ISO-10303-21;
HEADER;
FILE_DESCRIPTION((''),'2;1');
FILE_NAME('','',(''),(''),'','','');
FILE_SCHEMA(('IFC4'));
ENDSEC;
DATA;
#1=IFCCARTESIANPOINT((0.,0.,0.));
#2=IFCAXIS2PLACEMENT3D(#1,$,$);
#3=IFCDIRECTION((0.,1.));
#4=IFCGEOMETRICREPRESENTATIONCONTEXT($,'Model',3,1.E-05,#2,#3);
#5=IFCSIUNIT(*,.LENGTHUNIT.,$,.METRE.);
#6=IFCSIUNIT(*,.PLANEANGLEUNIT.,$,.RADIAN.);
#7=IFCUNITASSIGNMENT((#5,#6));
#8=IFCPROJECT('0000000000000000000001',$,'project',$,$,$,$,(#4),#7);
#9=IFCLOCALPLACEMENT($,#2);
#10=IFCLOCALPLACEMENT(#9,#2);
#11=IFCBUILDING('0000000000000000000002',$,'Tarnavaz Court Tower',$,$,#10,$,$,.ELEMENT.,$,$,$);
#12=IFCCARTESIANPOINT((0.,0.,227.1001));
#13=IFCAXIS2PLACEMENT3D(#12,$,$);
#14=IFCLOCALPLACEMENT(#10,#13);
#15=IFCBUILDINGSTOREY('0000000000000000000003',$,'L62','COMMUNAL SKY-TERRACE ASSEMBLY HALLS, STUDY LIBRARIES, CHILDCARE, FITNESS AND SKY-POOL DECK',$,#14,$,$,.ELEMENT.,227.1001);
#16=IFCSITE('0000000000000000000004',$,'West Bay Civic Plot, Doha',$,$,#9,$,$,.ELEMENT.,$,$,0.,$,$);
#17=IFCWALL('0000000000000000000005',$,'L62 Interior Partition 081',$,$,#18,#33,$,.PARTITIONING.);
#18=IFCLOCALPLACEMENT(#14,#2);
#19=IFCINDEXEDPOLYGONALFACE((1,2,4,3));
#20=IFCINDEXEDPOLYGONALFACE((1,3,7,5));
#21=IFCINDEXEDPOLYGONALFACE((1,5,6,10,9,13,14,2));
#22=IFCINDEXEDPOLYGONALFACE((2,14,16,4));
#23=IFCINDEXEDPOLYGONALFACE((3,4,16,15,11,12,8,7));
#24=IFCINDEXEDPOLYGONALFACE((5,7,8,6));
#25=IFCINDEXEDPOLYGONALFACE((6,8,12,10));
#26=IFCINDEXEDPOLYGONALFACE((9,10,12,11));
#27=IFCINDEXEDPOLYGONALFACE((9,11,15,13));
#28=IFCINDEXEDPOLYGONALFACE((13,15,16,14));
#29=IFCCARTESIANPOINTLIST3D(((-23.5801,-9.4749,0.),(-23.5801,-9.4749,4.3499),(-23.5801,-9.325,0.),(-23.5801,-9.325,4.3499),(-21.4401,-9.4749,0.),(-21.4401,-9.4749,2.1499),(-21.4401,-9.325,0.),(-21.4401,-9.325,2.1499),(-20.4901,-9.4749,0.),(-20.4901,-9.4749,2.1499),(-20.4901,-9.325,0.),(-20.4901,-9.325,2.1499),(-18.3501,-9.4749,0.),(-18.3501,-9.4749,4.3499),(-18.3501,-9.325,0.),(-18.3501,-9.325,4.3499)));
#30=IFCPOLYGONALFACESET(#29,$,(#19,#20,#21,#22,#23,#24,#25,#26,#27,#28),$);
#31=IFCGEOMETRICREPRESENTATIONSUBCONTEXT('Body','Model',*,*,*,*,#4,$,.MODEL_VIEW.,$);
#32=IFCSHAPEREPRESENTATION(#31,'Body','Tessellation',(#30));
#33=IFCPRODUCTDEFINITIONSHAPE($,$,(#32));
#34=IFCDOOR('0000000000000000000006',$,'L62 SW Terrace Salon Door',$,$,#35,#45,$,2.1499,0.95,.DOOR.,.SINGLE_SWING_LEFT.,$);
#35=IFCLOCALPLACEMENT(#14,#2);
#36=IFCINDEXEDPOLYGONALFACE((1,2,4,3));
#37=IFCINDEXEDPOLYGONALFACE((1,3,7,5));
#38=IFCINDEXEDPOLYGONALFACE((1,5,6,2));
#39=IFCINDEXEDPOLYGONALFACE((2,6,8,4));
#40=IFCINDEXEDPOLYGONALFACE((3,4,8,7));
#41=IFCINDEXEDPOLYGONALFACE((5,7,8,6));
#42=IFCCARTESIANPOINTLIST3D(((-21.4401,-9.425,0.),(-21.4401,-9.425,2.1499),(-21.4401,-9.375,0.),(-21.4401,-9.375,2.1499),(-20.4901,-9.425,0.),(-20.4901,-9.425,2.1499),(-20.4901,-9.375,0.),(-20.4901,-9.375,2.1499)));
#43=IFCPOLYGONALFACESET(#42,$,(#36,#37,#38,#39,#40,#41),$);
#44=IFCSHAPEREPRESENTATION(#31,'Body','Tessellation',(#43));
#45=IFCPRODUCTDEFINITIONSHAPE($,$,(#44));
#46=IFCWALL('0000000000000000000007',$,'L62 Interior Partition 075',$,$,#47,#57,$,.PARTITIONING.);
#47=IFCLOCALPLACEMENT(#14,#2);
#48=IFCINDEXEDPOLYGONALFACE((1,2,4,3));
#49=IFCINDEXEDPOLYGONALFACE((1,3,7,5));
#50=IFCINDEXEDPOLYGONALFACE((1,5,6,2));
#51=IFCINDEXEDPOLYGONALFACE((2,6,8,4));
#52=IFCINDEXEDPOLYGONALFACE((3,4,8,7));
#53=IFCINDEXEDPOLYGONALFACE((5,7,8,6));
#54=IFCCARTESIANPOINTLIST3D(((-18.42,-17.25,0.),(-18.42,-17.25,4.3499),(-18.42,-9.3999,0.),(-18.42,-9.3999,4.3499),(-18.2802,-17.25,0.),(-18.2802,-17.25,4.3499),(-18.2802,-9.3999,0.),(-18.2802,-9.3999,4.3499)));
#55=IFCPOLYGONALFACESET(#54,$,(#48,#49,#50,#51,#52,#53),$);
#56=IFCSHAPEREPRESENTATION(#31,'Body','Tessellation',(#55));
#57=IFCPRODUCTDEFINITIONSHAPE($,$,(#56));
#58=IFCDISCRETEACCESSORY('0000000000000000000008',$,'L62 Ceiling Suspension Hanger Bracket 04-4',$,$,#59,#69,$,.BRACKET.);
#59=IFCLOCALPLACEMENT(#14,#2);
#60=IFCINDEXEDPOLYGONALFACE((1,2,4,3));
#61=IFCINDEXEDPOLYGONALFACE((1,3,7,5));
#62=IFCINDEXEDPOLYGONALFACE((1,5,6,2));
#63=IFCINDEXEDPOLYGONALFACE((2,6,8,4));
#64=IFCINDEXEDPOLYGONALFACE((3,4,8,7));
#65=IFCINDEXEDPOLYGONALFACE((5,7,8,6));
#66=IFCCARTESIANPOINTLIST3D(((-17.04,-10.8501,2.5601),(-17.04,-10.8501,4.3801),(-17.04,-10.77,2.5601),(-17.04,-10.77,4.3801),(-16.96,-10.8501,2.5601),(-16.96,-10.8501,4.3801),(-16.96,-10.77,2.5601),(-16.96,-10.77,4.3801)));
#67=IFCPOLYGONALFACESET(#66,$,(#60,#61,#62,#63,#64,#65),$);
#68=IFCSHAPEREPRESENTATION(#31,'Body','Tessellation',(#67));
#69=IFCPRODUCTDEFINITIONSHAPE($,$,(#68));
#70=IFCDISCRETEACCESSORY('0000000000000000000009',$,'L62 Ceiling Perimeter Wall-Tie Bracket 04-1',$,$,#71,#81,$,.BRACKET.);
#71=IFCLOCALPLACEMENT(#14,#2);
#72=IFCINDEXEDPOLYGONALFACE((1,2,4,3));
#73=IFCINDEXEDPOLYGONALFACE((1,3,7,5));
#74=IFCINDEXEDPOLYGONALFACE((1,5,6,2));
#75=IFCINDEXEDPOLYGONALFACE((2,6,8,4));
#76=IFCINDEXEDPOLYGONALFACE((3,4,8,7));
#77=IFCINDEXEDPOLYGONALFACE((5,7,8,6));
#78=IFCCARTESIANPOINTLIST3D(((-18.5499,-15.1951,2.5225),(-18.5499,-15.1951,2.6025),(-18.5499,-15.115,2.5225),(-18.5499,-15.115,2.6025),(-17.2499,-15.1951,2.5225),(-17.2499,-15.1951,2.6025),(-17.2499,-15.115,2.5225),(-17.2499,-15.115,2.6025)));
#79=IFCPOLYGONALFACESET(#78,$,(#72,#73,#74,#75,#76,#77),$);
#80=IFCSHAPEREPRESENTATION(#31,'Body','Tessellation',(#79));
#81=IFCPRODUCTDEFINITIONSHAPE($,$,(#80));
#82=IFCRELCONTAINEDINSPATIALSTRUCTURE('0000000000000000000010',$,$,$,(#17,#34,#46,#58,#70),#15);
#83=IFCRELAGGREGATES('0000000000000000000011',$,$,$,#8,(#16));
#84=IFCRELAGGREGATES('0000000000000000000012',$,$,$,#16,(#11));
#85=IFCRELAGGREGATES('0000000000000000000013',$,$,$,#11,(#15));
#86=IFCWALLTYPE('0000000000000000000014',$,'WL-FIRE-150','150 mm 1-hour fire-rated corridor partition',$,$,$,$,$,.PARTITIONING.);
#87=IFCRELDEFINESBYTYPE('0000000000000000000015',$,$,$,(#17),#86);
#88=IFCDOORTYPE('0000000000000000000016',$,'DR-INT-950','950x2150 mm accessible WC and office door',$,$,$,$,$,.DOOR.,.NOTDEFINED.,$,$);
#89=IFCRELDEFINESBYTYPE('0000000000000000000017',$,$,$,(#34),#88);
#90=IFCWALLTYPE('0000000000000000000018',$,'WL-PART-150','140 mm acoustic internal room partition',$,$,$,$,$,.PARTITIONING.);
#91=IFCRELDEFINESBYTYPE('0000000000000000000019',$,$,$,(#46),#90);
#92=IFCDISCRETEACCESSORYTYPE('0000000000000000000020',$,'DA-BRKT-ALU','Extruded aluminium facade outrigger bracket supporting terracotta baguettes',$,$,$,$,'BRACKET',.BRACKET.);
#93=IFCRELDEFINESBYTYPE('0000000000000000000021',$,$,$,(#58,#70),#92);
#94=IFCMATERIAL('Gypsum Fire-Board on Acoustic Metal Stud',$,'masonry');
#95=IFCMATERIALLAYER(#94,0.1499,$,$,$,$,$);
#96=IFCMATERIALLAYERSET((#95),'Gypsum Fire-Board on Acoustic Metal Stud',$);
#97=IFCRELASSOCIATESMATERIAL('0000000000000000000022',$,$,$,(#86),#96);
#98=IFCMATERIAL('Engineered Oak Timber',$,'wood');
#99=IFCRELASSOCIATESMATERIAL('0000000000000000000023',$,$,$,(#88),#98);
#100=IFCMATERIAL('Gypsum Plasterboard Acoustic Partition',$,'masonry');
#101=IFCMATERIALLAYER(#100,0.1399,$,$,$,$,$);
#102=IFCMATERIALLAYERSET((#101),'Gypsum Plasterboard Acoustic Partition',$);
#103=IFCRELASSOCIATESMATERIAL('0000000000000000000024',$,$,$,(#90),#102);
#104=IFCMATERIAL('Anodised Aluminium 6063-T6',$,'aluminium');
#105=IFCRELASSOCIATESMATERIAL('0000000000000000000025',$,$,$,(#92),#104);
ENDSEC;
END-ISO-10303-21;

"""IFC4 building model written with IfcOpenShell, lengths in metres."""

from ifc_helpers import new_model, si_unit, direction, frame, frame_2d, origin, origin_2d, place, context, subcontext, project, spatial, rectangle, extrude, material, layer, layer_set, type_object, element, fill, save


model = new_model("IFC4")

# Units and contexts
model_context = context("Model", 3, precision=1e-05, world=origin(), true_north=direction((0.0, 1.0)))
body_context = subcontext(model_context, "Body", "Model", "MODEL_VIEW")
ifc_project = project(units=[si_unit("LENGTHUNIT", "METRE"), si_unit("PLANEANGLEUNIT", "RADIAN")], contexts=[model_context])

# Site, building, storey
site_placement = place(None, origin())
site = spatial("IfcSite", under=ifc_project, at=site_placement, Name="West Bay Civic Plot, Doha", CompositionType="ELEMENT", RefElevation=0.0)
building_placement = place(site_placement, origin())
building = spatial("IfcBuilding", under=site, at=building_placement, Name="Tarnavaz Court Tower", CompositionType="ELEMENT")
storey_placement = place(building_placement, frame((0.0, 0.0, 227.1001)))
storey = spatial("IfcBuildingStorey", under=building, at=storey_placement, Name="L62", Description="COMMUNAL SKY-TERRACE ASSEMBLY HALLS, STUDY LIBRARIES, CHILDCARE, FITNESS AND SKY-POOL DECK", CompositionType="ELEMENT", Elevation=227.1001)

# Shared definitions
ifc_material_1 = material(Name="Gypsum Fire-Board on Acoustic Metal Stud", Category="masonry")
ifc_layer_1 = layer(ifc_material_1, 0.1499)
ifc_layer_set_1 = layer_set([ifc_layer_1], Name="Gypsum Fire-Board on Acoustic Metal Stud")
wall_type_1 = type_object("IfcWallType", Name="WL-FIRE-150", Description="150 mm 1-hour fire-rated corridor partition", PredefinedType="PARTITIONING", material=ifc_layer_set_1)
ifc_material_2 = material(Name="Engineered Oak Timber", Category="wood")

# Wall, opening, door
wall_1_placement = place(storey_placement, frame((-23.5801, -9.3999, 0.0), z_axis=(0.0, 0.0, 1.0), x_axis=(1.0, 0.0, 0.0)))
wall_1 = element("IfcWall", 1, at=wall_1_placement, inside=storey, type_object=wall_type_1, Name="L62 Interior Partition 081", PredefinedType="PARTITIONING", context=body_context, shape_type="SweptSolid", body=[
    extrude(rectangle(XDim=5.23, YDim=0.1499, at=frame_2d((2.615, 0.0))), origin(), (0.0, 0.0, 1.0), 4.3499),
])
opening_1_placement = place(wall_1_placement, frame((2.1399, 0.0, 0.0)))
opening_1 = element("IfcOpeningElement", 2, at=opening_1_placement, cuts=wall_1, PredefinedType="OPENING", context=body_context, shape_type="SweptSolid", body=[
    extrude(rectangle(XDim=0.95, YDim=2.1499, at=frame_2d((0.4751, 1.075))), frame((0.0, 0.085, 0.0), z_axis=(0.0, -1.0, 0.0), x_axis=(1.0, 0.0, 0.0)), (0.0, 0.0, 1.0), 0.1699),
])
door_type_1 = type_object("IfcDoorType", Name="DR-INT-950", Description="950x2150 mm accessible WC and office door", OperationType="NOTDEFINED", PredefinedType="DOOR", material=ifc_material_2)
door_1_placement = place(opening_1_placement, origin())
door_1 = element("IfcDoor", 3, at=door_1_placement, inside=storey, type_object=door_type_1, Name="L62 SW Terrace Salon Door", OperationType="SINGLE_SWING_LEFT", OverallHeight=2.1499, OverallWidth=0.95, PredefinedType="DOOR", context=body_context, shape_type="SweptSolid", body=[
    extrude(rectangle(XDim=0.95, YDim=2.1499, at=frame_2d((0.4751, 1.075))), frame((0.0, 0.0249, 0.0), z_axis=(0.0, -1.0, 0.0), x_axis=(1.0, 0.0, 0.0)), (0.0, 0.0, 1.0), 0.05),
])
fill(opening_1, door_1)

# Wall
ifc_material_3 = material(Name="Gypsum Plasterboard Acoustic Partition", Category="masonry")
ifc_layer_2 = layer(ifc_material_3, 0.1399)
ifc_layer_set_2 = layer_set([ifc_layer_2], Name="Gypsum Plasterboard Acoustic Partition")
wall_type_2 = type_object("IfcWallType", Name="WL-PART-150", Description="140 mm acoustic internal room partition", PredefinedType="PARTITIONING", material=ifc_layer_set_2)
wall_2_placement = place(storey_placement, frame((-18.3501, -17.25, 0.0), z_axis=(0.0, 0.0, 1.0), x_axis=(0.0, 1.0, 0.0)))
element("IfcWall", 4, at=wall_2_placement, inside=storey, type_object=wall_type_2, Name="L62 Interior Partition 075", PredefinedType="PARTITIONING", context=body_context, shape_type="SweptSolid", body=[
    extrude(rectangle(XDim=7.8501, YDim=0.1399, at=frame_2d((3.925, 0.0))), origin(), (0.0, 0.0, 1.0), 4.3499),
])

# Discrete accessories
ifc_material_4 = material(Name="Anodised Aluminium 6063-T6", Category="aluminium")
discrete_accessory_type = type_object("IfcDiscreteAccessoryType", Name="DA-BRKT-ALU", Description="Extruded aluminium facade outrigger bracket supporting terracotta baguettes", ElementType="BRACKET", PredefinedType="BRACKET", material=ifc_material_4)
discrete_accessory_1_placement = place(storey_placement, frame((-17.0, -10.8101, 2.5601), z_axis=(0.0, 0.0, 1.0), x_axis=(1.0, 0.0, 0.0)))
element("IfcDiscreteAccessory", 5, at=discrete_accessory_1_placement, inside=storey, type_object=discrete_accessory_type, Name="L62 Ceiling Suspension Hanger Bracket 04-4", PredefinedType="BRACKET", context=body_context, shape_type="SweptSolid", body=[
    extrude(rectangle(XDim=0.0801, YDim=0.0801, at=origin_2d()), origin(), (0.0, 0.0, 1.0), 1.8201),
])
discrete_accessory_2_placement = place(storey_placement, frame((-17.8999, -15.155, 2.5225), z_axis=(0.0, 0.0, 1.0), x_axis=(1.0, 0.0, 0.0)))
element("IfcDiscreteAccessory", 6, at=discrete_accessory_2_placement, inside=storey, type_object=discrete_accessory_type, Name="L62 Ceiling Perimeter Wall-Tie Bracket 04-1", PredefinedType="BRACKET", context=body_context, shape_type="SweptSolid", body=[
    extrude(rectangle(XDim=1.3, YDim=0.0801, at=origin_2d()), origin(), (0.0, 0.0, 1.0), 0.0801),
])

save(model, "model.ifc")
